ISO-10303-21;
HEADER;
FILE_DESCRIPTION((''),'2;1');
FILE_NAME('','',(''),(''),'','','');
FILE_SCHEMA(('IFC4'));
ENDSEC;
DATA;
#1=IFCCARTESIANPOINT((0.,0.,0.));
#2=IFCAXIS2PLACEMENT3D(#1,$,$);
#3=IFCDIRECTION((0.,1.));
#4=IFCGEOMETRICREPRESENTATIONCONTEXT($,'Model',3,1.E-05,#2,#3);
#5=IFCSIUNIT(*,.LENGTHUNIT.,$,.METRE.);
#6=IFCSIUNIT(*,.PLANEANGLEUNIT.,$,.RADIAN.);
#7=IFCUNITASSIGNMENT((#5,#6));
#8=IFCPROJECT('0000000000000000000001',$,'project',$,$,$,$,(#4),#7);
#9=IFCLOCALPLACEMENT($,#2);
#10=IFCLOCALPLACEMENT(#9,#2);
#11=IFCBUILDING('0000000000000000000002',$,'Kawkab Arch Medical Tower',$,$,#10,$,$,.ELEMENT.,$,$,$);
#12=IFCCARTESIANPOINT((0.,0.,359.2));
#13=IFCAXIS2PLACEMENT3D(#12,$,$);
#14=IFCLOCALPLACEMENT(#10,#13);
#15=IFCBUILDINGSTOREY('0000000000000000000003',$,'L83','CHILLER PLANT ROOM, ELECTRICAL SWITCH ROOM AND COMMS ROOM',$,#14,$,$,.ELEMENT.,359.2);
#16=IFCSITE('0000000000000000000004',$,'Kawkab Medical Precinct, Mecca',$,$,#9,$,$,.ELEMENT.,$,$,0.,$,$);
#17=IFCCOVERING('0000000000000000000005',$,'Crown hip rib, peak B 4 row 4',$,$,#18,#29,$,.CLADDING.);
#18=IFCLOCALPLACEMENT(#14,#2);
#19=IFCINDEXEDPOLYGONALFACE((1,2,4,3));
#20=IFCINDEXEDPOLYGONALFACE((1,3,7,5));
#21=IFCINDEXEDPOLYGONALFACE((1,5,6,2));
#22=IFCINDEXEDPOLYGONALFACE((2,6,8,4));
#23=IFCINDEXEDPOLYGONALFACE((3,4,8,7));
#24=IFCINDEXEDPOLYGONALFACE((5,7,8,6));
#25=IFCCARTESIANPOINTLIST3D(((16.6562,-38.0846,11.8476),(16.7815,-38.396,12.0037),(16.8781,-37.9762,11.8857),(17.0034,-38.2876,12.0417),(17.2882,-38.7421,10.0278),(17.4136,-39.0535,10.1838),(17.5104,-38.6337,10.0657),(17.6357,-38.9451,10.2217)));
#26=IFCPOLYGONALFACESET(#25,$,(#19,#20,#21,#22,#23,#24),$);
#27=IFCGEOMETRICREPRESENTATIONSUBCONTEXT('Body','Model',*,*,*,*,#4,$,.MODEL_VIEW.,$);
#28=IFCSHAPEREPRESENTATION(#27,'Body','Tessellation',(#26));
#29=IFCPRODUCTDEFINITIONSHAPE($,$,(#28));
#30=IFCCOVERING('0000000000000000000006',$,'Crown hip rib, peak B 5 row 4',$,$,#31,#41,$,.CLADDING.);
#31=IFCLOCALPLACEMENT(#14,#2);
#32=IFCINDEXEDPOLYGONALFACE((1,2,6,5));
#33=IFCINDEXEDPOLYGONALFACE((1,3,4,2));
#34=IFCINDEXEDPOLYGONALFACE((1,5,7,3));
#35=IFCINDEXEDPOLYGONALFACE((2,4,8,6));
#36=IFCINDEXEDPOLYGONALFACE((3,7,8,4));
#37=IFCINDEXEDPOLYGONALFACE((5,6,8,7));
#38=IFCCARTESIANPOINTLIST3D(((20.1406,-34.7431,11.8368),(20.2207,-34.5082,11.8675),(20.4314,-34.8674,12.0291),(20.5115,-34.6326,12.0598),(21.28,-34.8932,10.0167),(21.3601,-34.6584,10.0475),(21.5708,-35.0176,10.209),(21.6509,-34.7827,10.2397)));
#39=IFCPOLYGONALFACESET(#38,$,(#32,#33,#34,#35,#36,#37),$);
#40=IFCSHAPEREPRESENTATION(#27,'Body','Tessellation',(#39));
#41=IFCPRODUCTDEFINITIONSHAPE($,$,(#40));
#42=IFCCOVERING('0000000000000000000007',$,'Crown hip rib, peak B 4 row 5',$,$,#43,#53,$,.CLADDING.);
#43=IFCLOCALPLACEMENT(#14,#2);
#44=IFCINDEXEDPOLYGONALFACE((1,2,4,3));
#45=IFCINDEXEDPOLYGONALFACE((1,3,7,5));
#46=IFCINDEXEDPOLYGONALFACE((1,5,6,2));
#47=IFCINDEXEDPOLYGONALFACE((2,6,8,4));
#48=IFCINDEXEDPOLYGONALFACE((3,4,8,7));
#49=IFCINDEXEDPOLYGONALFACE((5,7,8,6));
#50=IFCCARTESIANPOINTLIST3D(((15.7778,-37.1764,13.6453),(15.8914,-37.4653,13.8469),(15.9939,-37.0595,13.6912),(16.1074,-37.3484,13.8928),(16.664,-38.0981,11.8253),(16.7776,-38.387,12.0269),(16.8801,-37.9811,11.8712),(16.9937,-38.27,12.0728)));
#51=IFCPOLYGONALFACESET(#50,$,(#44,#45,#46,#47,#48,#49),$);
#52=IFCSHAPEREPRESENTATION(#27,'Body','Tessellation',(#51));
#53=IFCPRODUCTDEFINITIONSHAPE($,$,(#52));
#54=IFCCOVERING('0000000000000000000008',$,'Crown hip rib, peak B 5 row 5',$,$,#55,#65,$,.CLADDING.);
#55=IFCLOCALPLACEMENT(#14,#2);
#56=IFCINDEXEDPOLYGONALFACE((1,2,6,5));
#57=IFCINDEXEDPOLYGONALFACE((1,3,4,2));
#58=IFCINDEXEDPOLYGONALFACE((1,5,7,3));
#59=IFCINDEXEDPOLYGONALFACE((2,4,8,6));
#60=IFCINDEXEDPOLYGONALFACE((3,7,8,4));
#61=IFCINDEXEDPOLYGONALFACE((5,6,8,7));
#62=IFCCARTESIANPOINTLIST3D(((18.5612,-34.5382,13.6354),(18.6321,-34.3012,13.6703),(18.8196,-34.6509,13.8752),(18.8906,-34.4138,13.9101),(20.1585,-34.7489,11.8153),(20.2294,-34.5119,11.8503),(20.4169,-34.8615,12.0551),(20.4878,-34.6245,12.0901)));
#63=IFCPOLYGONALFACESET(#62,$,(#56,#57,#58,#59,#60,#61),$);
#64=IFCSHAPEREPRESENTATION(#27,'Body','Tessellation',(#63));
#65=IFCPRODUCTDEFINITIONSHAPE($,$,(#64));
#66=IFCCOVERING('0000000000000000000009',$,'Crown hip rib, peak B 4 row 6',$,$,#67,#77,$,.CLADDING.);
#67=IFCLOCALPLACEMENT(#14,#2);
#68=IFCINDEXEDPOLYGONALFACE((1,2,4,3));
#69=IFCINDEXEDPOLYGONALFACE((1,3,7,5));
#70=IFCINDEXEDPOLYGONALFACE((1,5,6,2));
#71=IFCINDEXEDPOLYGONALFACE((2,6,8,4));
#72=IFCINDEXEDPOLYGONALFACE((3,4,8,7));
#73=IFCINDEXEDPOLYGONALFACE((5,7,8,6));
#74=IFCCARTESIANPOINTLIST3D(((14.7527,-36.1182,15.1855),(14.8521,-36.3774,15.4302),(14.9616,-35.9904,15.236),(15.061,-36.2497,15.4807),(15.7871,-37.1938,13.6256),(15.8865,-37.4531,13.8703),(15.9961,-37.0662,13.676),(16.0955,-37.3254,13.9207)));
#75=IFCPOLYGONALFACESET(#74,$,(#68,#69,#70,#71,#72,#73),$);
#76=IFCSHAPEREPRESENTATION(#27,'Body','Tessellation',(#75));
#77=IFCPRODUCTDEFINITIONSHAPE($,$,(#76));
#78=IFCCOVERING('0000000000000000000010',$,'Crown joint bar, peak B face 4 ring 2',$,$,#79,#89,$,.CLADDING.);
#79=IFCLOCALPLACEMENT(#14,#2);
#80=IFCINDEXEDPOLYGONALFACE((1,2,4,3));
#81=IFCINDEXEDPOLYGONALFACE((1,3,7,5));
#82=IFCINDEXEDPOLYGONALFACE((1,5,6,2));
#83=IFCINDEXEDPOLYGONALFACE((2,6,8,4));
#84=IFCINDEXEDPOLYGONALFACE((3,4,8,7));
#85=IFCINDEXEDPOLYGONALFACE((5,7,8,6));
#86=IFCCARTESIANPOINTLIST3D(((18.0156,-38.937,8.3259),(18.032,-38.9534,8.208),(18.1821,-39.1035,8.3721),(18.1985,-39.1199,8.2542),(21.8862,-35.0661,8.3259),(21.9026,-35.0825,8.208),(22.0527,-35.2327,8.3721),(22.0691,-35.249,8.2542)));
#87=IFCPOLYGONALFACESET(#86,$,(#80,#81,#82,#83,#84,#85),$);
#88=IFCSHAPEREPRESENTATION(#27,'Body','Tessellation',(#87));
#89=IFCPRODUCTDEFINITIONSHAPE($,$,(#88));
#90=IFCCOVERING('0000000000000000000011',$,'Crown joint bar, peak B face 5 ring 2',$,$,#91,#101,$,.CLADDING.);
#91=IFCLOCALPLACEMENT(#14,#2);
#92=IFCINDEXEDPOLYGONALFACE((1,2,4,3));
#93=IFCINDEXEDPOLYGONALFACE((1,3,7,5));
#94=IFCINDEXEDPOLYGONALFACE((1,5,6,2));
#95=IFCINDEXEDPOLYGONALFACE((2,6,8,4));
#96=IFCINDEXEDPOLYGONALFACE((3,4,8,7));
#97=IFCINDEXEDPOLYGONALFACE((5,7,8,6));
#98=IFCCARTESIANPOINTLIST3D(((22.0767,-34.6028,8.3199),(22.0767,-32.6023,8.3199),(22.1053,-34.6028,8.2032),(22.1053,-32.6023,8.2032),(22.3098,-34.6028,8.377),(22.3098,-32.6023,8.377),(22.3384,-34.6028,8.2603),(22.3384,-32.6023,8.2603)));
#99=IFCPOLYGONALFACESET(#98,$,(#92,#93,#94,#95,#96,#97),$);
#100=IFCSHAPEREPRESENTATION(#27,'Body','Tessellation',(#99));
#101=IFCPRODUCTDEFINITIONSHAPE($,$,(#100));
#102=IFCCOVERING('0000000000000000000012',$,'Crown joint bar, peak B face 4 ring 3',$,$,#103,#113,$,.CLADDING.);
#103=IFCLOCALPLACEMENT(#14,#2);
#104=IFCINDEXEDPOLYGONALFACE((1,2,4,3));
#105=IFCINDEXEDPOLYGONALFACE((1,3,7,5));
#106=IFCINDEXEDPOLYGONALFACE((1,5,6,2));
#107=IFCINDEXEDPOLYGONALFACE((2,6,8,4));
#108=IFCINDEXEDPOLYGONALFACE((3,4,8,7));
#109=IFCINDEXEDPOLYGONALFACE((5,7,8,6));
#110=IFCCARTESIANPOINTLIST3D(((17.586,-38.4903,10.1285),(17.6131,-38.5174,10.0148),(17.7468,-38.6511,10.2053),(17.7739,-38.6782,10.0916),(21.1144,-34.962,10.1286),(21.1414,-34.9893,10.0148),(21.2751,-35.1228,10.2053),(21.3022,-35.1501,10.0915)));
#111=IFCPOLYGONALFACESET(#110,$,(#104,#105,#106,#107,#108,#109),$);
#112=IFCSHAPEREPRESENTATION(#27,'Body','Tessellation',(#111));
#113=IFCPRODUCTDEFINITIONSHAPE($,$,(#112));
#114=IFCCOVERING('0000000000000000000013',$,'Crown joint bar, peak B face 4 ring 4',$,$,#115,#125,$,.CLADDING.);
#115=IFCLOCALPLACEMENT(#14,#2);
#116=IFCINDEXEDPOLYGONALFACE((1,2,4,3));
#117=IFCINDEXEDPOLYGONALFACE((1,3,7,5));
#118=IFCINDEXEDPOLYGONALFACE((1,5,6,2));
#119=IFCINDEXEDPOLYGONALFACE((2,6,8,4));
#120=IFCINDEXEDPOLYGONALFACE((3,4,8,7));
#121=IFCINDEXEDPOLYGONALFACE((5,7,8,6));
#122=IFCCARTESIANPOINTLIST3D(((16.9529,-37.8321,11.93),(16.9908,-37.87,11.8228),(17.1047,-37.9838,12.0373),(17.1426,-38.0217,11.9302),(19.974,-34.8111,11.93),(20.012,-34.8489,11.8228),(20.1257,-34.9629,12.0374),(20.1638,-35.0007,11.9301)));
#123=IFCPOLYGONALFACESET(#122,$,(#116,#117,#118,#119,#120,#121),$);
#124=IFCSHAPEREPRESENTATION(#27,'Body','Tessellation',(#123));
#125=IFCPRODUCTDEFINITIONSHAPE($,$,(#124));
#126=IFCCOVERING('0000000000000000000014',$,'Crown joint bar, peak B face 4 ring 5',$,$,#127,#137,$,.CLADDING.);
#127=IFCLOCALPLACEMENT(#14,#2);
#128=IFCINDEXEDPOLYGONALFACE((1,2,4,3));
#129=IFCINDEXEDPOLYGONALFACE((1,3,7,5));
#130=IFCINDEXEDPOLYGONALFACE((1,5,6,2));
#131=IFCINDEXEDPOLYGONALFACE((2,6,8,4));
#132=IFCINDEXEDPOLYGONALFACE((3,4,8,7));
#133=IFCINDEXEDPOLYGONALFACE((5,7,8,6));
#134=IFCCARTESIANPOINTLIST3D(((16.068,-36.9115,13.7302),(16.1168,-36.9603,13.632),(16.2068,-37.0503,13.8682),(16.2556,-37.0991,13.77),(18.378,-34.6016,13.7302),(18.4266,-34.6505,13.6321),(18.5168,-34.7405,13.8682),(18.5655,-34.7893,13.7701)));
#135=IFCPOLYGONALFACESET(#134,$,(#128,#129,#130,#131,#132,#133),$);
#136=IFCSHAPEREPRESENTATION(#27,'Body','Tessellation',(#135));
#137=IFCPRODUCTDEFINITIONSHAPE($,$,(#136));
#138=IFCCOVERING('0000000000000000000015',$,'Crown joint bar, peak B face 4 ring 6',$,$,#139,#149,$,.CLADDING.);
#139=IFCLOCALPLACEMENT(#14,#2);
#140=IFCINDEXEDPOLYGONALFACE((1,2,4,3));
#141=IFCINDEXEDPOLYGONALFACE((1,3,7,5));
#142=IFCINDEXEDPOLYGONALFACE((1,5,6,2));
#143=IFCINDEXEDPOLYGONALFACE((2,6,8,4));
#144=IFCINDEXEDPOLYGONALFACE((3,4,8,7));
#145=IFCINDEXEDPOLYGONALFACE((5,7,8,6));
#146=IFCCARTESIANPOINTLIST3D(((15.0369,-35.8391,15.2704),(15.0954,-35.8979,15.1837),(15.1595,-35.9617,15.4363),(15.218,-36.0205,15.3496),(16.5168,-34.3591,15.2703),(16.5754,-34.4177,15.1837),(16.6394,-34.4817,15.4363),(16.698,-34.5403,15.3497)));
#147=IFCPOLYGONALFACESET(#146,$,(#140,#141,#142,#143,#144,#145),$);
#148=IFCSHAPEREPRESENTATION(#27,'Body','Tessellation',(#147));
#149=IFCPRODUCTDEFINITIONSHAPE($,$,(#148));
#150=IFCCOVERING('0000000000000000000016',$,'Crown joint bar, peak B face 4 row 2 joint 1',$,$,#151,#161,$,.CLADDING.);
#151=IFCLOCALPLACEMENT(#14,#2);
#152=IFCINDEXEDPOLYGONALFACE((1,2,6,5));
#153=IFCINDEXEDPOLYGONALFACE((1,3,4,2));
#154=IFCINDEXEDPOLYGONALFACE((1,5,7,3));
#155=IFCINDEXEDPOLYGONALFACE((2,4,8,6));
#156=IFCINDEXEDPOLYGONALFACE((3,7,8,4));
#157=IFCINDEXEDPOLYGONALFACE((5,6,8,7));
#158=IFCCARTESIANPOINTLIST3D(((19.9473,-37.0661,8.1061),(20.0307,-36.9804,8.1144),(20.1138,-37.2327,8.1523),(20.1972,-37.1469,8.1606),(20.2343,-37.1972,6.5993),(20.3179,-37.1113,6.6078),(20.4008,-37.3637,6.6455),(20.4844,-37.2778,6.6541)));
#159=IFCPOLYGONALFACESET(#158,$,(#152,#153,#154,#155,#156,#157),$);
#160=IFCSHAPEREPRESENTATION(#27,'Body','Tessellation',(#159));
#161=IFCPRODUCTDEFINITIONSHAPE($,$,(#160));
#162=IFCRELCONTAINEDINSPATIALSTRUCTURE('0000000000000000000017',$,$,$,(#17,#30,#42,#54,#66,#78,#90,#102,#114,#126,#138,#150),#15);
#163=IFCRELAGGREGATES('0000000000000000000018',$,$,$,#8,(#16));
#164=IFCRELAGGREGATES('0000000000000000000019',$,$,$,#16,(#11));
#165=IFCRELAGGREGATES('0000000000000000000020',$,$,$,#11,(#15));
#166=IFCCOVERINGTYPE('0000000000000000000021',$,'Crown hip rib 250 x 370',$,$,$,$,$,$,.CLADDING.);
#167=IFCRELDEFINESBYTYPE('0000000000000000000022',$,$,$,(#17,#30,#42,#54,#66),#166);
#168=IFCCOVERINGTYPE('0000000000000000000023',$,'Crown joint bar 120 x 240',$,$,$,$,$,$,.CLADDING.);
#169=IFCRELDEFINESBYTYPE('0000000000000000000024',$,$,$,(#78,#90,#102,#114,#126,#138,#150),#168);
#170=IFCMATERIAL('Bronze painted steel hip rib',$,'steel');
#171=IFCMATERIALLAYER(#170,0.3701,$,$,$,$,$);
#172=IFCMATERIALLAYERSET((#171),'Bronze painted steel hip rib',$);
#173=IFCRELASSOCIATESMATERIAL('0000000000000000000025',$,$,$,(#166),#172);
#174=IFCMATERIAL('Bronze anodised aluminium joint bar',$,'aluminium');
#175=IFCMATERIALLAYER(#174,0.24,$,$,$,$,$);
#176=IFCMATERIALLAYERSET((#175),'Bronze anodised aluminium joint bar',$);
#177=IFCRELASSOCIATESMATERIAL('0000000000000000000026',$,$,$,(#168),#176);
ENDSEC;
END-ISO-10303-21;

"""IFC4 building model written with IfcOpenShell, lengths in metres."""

from ifc_helpers import new_model, si_unit, direction, frame, origin, place, context, subcontext, project, spatial, polyline, outline, extrude, material, layer, layer_set, type_object, element, save


model = new_model("IFC4")

# Units and contexts
model_context = context("Model", 3, precision=1e-05, world=origin(), true_north=direction((0.0, 1.0)))
body_context = subcontext(model_context, "Body", "Model", "MODEL_VIEW")
ifc_project = project(units=[si_unit("LENGTHUNIT", "METRE"), si_unit("PLANEANGLEUNIT", "RADIAN")], contexts=[model_context])

# Site, building, storey
site_placement = place(None, origin())
site = spatial("IfcSite", under=ifc_project, at=site_placement, Name="Kawkab Medical Precinct, Mecca", CompositionType="ELEMENT", RefElevation=0.0)
building_placement = place(site_placement, origin())
building = spatial("IfcBuilding", under=site, at=building_placement, Name="Kawkab Arch Medical Tower", CompositionType="ELEMENT")
storey_placement = place(building_placement, frame((0.0, 0.0, 359.2)))
storey = spatial("IfcBuildingStorey", under=building, at=storey_placement, Name="L83", Description="CHILLER PLANT ROOM, ELECTRICAL SWITCH ROOM AND COMMS ROOM", CompositionType="ELEMENT", Elevation=359.2)

# Coverings
ifc_material_1 = material(Name="Bronze painted steel hip rib", Category="steel")
ifc_layer_1 = layer(ifc_material_1, 0.3701)
ifc_layer_set_1 = layer_set([ifc_layer_1], Name="Bronze painted steel hip rib")
covering_type_1 = type_object("IfcCoveringType", Name="Crown hip rib 250 x 370", PredefinedType="CLADDING", material=ifc_layer_set_1)
covering_1_placement = place(storey_placement, frame((17.6357, -38.9451, 10.2217), z_axis=(0.338603, -0.841229, 0.421523), x_axis=(-0.310594, 0.322948, 0.894)))
element("IfcCovering", 1, at=covering_1_placement, inside=storey, type_object=covering_type_1, Name="Crown hip rib, peak B 4 row 4", PredefinedType="CLADDING", context=body_context, shape_type="SweptSolid", body=[
    extrude(outline(polyline([(0.0, 0.0), (2.0359, 0.0), (2.0357, 0.2499), (0.0002, 0.2501), (0.0, 0.0)])), origin(), (0.0, 0.0, -1.0), 0.3701),
])
covering_2_placement = place(storey_placement, frame((21.6509, -34.7827, 10.2397), z_axis=(0.785643, -0.335918, 0.519542), x_axis=(-0.52933, 0.069753, 0.845544)))
element("IfcCovering", 2, at=covering_2_placement, inside=storey, type_object=covering_type_1, Name="Crown hip rib, peak B 5 row 4", PredefinedType="CLADDING", context=body_context, shape_type="SweptSolid", body=[
    extrude(outline(polyline([(0.0, 0.0), (2.1525, 0.0), (2.1525, 0.25), (0.0, 0.25), (0.0, 0.0)])), origin(), (0.0, 0.0, -1.0), 0.3701),
])
covering_3_placement = place(storey_placement, frame((16.9937, -38.27, 12.0728), z_axis=(0.306776, -0.780557, 0.544628), x_axis=(-0.398433, 0.414349, 0.81827)))
element("IfcCovering", 3, at=covering_3_placement, inside=storey, type_object=covering_type_1, Name="Crown hip rib, peak B 4 row 5", PredefinedType="CLADDING", context=body_context, shape_type="SweptSolid", body=[
    extrude(outline(polyline([(0.0, 0.0), (2.2243, 0.0), (2.2244, 0.2499), (0.0001, 0.2499), (0.0, 0.0)])), origin(), (0.0, 0.0, -1.0), 0.3701),
])
covering_4_placement = place(storey_placement, frame((20.4878, -34.6245, 12.0901), z_axis=(0.698217, -0.304319, 0.647983), x_axis=(-0.657124, 0.086693, 0.748781)))
element("IfcCovering", 4, at=covering_4_placement, inside=storey, type_object=covering_type_1, Name="Crown hip rib, peak B 5 row 5", PredefinedType="CLADDING", context=body_context, shape_type="SweptSolid", body=[
    extrude(outline(polyline([(0.0, 0.0), (2.4306, 0.0), (2.4306, 0.2499), (-0.0002, 0.2499), (0.0, 0.0)])), origin(), (0.0, 0.0, -1.0), 0.3701),
])
covering_5_placement = place(storey_placement, frame((16.0955, -37.3254, 13.9207), z_axis=(0.268531, -0.700553, 0.661148), x_axis=(-0.479151, 0.498278, 0.722588)))
element("IfcCovering", 5, at=covering_5_placement, inside=storey, type_object=covering_type_1, Name="Crown hip rib, peak B 4 row 6", PredefinedType="CLADDING", context=body_context, shape_type="SweptSolid", body=[
    extrude(outline(polyline([(0.0, 0.0), (2.1589, 0.0), (2.1589, 0.2501), (0.0002, 0.25), (0.0, 0.0)])), origin(), (0.0, 0.0, -1.0), 0.3701),
])
ifc_material_2 = material(Name="Bronze anodised aluminium joint bar", Category="aluminium")
ifc_layer_2 = layer(ifc_material_2, 0.24)
ifc_layer_set_2 = layer_set([ifc_layer_2], Name="Bronze anodised aluminium joint bar")
covering_type_2 = type_object("IfcCoveringType", Name="Crown joint bar 120 x 240", PredefinedType="CLADDING", material=ifc_layer_set_2)
covering_6_placement = place(storey_placement, frame((18.1985, -39.1199, 8.2542), z_axis=(0.693903, -0.693859, 0.192505), x_axis=(0.707084, 0.707129, 0.0)))
element("IfcCovering", 6, at=covering_6_placement, inside=storey, type_object=covering_type_2, Name="Crown joint bar, peak B face 4 ring 2", PredefinedType="CLADDING", context=body_context, shape_type="SweptSolid", body=[
    extrude(outline(polyline([(0.0, 0.0), (5.474, 0.0), (5.474, 0.1202), (0.0, 0.1202), (0.0, 0.0)])), origin(), (0.0, 0.0, -1.0), 0.24),
])
covering_7_placement = place(storey_placement, frame((22.3384, -34.6028, 8.2603), z_axis=(0.971326, 0.0, 0.237751), x_axis=(0.0, 1.0, 0.0)))
element("IfcCovering", 7, at=covering_7_placement, inside=storey, type_object=covering_type_2, Name="Crown joint bar, peak B face 5 ring 2", PredefinedType="CLADDING", context=body_context, shape_type="SweptSolid", body=[
    extrude(outline(polyline([(0.0, 0.0), (2.0005, 0.0), (2.0005, 0.1201), (0.0, 0.1201), (0.0, 0.0)])), origin(), (0.0, 0.0, -1.0), 0.24),
])
covering_8_placement = place(storey_placement, frame((17.7739, -38.6782, 10.0916), z_axis=(0.669942, -0.669965, 0.319881), x_axis=(0.70712, 0.707093, -0.000005)))
element("IfcCovering", 8, at=covering_8_placement, inside=storey, type_object=covering_type_2, Name="Crown joint bar, peak B face 4 ring 3", PredefinedType="CLADDING", context=body_context, shape_type="SweptSolid", body=[
    extrude(outline(polyline([(0.0, 0.0), (4.9896, 0.0), (4.9898, 0.1201), (0.0, 0.1201), (0.0, 0.0)])), origin(), (0.0, 0.0, -1.0), 0.24),
])
covering_9_placement = place(storey_placement, frame((17.1426, -38.0217, 11.9302), z_axis=(0.63241, -0.632436, 0.447306), x_axis=(0.707124, 0.70709, -0.000008)))
element("IfcCovering", 9, at=covering_9_placement, inside=storey, type_object=covering_type_2, Name="Crown joint bar, peak B face 4 ring 4", PredefinedType="CLADDING", context=body_context, shape_type="SweptSolid", body=[
    extrude(outline(polyline([(0.0, 0.0), (4.2725, 0.0), (4.2723, 0.1199), (0.0, 0.1198), (0.0, 0.0)])), origin(), (0.0, 0.0, -1.0), 0.24),
])
covering_10_placement = place(storey_placement, frame((16.2556, -37.0991, 13.77), z_axis=(0.578532, -0.578562, 0.574949), x_axis=(0.707119, 0.707094, 0.000012)))
element("IfcCovering", 10, at=covering_10_placement, inside=storey, type_object=covering_type_2, Name="Crown joint bar, peak B face 4 ring 5", PredefinedType="CLADDING", context=body_context, shape_type="SweptSolid", body=[
    extrude(outline(polyline([(0.0, 0.0), (3.2666, 0.0), (3.2667, 0.1199), (0.0, 0.12), (0.0, 0.0)])), origin(), (0.0, 0.0, -1.0), 0.24),
])
covering_11_placement = place(storey_placement, frame((15.218, -36.0205, 15.3496), z_axis=(0.510863, -0.51082, 0.691435), x_axis=(0.707064, 0.70715, 0.000021)))
element("IfcCovering", 11, at=covering_11_placement, inside=storey, type_object=covering_type_2, Name="Crown joint bar, peak B face 4 ring 6", PredefinedType="CLADDING", context=body_context, shape_type="SweptSolid", body=[
    extrude(outline(polyline([(0.0, 0.0), (2.0932, 0.0), (2.0932, 0.1199), (0.0002, 0.12), (0.0, 0.0)])), origin(), (0.0, 0.0, -1.0), 0.24),
])
covering_12_placement = place(storey_placement, frame((20.4844, -37.2778, 6.6541), z_axis=(0.693804, -0.69395, 0.192533), x_axis=(-0.18655, 0.085041, 0.978758)))
element("IfcCovering", 12, at=covering_12_placement, inside=storey, type_object=covering_type_2, Name="Crown joint bar, peak B face 4 row 2 joint 1", PredefinedType="CLADDING", context=body_context, shape_type="SweptSolid", body=[
    extrude(outline(polyline([(0.0, 0.0), (1.5393, 0.0), (1.5394, 0.1199), (-0.0001, 0.1201), (0.0, 0.0)])), origin(), (0.0, 0.0, -1.0), 0.24),
])

save(model, "model.ifc")
